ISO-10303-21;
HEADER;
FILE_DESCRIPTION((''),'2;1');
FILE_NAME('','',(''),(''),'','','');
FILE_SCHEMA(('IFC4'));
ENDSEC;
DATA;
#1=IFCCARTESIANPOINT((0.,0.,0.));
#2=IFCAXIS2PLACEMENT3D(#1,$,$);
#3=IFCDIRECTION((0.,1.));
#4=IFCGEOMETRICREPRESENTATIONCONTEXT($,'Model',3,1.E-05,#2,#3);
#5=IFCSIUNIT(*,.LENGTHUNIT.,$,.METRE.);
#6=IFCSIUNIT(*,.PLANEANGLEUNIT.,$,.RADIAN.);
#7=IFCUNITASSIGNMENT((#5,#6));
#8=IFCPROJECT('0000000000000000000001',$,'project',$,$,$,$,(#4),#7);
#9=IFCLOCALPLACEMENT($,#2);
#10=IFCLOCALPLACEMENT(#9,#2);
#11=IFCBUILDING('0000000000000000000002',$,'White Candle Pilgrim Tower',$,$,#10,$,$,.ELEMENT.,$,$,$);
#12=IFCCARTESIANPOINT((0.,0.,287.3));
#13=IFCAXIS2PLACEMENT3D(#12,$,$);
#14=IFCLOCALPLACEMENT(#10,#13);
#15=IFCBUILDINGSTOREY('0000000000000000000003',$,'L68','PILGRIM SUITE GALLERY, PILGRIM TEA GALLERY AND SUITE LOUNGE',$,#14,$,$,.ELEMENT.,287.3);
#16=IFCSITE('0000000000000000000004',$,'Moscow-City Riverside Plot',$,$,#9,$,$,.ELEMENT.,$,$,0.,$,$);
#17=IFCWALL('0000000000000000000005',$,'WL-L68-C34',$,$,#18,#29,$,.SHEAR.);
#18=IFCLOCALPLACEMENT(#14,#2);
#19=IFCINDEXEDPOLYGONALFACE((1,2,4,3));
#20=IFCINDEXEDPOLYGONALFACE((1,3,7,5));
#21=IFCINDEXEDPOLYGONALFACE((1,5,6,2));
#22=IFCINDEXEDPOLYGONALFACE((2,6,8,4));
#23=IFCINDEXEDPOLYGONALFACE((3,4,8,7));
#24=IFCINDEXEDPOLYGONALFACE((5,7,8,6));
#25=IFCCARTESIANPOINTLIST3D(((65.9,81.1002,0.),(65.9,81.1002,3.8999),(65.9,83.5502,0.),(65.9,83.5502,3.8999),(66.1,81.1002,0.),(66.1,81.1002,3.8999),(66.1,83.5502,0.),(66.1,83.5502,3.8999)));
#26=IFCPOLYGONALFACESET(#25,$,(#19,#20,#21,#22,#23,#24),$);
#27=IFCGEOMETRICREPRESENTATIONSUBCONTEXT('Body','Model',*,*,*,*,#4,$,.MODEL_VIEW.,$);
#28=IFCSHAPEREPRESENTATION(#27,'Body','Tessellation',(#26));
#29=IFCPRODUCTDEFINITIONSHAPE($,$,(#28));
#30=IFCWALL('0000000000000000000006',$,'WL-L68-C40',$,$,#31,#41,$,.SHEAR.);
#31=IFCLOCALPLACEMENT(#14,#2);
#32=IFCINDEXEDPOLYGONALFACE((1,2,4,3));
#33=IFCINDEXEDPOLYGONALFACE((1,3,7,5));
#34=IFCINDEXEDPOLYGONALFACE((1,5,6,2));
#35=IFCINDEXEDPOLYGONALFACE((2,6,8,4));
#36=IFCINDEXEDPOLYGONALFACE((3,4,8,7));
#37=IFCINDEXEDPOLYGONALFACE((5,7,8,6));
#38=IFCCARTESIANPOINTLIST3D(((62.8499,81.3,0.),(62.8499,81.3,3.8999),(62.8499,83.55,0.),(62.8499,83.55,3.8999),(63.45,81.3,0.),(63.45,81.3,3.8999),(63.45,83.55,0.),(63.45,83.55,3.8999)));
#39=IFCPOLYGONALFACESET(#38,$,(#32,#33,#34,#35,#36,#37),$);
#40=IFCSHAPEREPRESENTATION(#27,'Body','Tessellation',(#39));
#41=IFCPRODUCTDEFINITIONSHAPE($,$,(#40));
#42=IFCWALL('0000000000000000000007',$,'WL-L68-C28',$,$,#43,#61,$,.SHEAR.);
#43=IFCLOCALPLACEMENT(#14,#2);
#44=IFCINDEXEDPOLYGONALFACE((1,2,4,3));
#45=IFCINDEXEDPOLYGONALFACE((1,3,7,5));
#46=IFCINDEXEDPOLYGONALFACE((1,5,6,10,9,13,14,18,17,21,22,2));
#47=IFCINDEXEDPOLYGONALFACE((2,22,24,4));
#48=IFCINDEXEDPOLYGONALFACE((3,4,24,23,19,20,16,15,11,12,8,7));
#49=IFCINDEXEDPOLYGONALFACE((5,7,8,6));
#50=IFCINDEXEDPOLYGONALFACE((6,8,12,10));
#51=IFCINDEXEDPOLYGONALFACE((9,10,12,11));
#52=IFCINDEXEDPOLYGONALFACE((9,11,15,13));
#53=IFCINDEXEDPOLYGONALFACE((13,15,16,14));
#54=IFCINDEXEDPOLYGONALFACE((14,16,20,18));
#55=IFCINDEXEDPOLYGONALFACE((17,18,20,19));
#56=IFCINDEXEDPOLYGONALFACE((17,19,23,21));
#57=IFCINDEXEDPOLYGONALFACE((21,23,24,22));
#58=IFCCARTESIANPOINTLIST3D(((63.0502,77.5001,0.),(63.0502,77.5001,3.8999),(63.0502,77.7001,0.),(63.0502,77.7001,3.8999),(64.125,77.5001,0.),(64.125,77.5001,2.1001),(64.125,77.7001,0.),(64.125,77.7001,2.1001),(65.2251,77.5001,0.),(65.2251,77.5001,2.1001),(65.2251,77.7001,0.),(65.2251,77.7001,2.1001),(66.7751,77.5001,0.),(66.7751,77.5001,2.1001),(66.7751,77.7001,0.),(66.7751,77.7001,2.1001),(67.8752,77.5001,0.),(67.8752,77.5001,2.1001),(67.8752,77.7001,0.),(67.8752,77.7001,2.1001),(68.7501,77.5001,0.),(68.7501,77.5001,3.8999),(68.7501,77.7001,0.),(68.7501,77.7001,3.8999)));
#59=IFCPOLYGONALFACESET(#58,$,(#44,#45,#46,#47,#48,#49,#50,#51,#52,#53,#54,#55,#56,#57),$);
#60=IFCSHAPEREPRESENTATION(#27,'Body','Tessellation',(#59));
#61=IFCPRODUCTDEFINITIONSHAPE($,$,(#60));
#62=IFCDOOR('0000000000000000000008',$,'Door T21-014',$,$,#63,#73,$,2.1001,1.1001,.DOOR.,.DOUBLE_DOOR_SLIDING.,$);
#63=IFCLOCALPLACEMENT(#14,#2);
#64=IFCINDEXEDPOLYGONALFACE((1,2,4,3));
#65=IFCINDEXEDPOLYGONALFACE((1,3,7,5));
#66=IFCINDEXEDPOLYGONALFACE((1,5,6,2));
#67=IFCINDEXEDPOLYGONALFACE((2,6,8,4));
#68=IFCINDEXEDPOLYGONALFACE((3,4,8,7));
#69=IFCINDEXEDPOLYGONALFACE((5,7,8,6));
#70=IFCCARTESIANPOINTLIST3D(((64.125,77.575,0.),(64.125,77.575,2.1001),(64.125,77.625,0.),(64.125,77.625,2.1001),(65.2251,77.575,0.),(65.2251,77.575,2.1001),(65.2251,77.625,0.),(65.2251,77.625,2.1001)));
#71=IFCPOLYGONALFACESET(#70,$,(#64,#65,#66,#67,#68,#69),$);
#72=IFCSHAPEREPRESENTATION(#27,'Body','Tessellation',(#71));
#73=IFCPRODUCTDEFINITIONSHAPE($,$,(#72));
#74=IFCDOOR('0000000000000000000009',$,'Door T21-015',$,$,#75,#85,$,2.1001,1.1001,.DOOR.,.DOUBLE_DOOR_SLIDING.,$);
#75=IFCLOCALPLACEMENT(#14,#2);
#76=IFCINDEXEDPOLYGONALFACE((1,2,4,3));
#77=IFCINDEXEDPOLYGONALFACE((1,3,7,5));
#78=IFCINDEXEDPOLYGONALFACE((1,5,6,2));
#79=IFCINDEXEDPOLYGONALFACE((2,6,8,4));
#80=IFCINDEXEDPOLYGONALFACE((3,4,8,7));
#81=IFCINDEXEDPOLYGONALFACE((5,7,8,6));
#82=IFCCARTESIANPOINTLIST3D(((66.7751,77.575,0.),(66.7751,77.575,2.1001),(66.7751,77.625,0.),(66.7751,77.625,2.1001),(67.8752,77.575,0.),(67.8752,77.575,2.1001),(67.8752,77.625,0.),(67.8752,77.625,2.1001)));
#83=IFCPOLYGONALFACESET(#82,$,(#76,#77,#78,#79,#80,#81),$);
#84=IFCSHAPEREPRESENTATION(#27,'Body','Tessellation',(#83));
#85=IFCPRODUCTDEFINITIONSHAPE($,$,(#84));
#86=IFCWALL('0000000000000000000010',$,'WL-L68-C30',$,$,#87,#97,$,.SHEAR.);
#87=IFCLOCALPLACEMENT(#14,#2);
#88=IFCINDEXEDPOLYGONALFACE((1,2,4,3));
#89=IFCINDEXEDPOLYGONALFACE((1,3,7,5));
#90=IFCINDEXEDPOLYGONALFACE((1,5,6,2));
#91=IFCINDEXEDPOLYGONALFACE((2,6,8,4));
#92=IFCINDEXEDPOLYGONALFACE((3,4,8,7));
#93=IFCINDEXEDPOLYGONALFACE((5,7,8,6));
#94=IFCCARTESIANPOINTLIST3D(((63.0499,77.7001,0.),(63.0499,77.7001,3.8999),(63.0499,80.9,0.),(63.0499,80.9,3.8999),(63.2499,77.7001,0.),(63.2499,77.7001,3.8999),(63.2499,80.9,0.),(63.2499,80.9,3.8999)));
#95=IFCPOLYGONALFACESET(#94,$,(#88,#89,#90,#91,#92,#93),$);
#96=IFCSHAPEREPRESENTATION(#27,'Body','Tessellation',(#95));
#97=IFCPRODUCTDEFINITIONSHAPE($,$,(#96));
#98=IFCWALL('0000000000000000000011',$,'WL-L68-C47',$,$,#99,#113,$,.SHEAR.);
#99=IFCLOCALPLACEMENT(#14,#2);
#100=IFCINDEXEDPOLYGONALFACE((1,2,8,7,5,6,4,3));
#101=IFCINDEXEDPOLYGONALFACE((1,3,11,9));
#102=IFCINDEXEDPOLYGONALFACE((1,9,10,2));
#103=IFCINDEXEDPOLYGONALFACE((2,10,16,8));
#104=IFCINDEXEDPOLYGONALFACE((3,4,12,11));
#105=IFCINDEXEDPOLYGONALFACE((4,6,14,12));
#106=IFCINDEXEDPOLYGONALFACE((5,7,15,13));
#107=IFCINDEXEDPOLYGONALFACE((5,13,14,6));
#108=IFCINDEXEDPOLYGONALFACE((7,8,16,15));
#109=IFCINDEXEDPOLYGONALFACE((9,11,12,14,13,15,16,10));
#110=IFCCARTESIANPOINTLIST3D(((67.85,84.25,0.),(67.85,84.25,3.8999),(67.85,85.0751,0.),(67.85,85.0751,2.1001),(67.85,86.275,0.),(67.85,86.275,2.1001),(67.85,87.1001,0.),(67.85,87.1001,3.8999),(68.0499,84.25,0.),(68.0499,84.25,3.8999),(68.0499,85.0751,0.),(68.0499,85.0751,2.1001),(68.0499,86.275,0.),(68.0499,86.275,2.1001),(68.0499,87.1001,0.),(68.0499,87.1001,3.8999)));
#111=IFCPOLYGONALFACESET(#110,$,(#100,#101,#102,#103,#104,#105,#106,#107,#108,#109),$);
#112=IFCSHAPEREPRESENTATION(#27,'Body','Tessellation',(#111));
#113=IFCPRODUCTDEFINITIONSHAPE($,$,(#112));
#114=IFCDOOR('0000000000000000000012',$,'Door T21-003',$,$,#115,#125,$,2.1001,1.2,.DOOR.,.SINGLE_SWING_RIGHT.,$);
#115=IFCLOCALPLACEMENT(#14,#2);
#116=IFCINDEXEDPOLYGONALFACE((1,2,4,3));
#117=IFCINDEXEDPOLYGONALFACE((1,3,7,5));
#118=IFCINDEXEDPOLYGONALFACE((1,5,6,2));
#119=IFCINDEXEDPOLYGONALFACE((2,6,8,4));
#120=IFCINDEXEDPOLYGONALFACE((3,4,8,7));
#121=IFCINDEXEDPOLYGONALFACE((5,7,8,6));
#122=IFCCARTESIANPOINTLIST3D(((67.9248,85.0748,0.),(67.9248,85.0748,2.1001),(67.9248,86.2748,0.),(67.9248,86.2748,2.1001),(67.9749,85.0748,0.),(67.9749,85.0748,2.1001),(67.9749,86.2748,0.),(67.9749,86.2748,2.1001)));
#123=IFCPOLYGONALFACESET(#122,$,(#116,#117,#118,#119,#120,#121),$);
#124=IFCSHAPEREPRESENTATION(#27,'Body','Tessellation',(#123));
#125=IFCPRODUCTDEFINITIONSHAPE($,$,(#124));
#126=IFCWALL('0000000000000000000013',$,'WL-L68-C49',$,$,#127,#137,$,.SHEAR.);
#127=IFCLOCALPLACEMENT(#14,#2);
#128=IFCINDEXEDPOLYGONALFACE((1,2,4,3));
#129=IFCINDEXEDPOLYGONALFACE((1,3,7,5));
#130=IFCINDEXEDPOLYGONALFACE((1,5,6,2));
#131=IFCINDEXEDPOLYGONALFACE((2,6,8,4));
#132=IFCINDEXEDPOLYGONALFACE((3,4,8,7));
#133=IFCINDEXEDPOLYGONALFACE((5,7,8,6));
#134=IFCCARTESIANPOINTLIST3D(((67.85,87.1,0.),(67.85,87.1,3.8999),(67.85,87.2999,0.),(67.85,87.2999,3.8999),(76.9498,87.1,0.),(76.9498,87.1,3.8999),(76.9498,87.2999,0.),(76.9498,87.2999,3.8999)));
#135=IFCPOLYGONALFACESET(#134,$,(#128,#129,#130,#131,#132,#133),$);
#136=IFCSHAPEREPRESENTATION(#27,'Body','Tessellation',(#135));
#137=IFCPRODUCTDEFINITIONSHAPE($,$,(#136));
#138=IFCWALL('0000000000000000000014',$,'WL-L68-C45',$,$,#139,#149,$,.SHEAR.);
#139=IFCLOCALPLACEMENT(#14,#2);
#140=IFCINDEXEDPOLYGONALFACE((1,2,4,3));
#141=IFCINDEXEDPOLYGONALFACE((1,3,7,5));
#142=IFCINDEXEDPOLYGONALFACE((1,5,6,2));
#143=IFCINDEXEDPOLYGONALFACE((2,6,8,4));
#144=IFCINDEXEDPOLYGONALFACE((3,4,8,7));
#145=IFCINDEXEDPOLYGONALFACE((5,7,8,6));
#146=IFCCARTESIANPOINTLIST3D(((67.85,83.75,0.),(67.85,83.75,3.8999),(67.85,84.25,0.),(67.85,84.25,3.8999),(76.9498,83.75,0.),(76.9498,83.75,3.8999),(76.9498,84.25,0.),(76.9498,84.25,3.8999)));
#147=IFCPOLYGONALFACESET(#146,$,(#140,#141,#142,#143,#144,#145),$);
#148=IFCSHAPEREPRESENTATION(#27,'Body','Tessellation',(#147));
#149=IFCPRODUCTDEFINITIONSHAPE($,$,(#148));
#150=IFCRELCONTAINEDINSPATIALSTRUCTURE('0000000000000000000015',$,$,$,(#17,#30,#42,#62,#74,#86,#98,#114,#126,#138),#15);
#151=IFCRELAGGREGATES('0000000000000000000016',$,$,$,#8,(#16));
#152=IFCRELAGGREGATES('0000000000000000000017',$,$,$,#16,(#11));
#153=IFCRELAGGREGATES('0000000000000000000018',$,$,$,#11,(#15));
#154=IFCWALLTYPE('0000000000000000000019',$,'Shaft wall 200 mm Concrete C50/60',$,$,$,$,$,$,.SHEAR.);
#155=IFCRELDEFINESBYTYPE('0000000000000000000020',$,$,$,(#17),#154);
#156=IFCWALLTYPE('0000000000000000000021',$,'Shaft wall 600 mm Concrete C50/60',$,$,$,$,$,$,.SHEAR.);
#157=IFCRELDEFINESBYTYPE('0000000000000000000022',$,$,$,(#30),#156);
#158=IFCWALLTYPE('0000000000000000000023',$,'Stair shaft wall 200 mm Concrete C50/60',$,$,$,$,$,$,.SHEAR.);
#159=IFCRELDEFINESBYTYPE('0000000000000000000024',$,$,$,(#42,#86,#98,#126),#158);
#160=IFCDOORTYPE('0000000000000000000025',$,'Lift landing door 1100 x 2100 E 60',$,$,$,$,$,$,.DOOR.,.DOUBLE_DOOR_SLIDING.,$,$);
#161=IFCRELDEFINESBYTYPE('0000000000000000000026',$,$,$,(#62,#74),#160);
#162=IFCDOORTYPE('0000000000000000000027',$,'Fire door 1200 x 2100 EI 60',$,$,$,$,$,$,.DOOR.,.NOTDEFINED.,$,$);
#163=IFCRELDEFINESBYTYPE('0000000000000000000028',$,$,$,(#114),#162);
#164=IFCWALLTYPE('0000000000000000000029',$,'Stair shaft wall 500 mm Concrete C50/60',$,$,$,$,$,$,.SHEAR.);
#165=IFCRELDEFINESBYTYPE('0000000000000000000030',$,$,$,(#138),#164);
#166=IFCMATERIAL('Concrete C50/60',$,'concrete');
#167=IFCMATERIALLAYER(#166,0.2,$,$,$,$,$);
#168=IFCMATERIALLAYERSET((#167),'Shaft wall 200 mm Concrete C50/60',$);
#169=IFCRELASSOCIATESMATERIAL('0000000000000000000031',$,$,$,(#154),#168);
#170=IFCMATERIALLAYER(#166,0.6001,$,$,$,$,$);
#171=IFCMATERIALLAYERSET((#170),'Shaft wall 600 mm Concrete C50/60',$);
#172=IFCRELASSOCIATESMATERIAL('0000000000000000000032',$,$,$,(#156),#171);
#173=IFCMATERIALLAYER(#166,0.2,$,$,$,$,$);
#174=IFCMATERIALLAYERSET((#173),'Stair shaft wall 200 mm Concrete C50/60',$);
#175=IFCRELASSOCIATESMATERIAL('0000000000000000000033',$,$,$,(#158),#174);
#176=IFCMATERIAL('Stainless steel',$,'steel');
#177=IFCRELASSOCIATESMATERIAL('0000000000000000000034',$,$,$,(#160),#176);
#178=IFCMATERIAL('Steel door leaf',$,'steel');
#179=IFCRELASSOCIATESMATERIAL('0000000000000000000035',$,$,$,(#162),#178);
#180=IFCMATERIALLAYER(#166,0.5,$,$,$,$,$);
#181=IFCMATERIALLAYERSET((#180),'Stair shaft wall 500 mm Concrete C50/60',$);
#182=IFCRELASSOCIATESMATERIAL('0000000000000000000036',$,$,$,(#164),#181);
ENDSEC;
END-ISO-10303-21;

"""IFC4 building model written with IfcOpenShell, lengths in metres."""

from ifc_helpers import new_model, si_unit, direction, frame, frame_2d, origin, place, context, subcontext, project, spatial, rectangle, extrude, material, layer, layer_set, type_object, element, fill, save


model = new_model("IFC4")

# Units and contexts
model_context = context("Model", 3, precision=1e-05, world=origin(), true_north=direction((0.0, 1.0)))
body_context = subcontext(model_context, "Body", "Model", "MODEL_VIEW")
ifc_project = project(units=[si_unit("LENGTHUNIT", "METRE"), si_unit("PLANEANGLEUNIT", "RADIAN")], contexts=[model_context])

# Site, building, storey
site_placement = place(None, origin())
site = spatial("IfcSite", under=ifc_project, at=site_placement, Name="Moscow-City Riverside Plot", CompositionType="ELEMENT", RefElevation=0.0)
building_placement = place(site_placement, origin())
building = spatial("IfcBuilding", under=site, at=building_placement, Name="White Candle Pilgrim Tower", CompositionType="ELEMENT")
storey_placement = place(building_placement, frame((0.0, 0.0, 287.3)))
storey = spatial("IfcBuildingStorey", under=building, at=storey_placement, Name="L68", Description="PILGRIM SUITE GALLERY, PILGRIM TEA GALLERY AND SUITE LOUNGE", CompositionType="ELEMENT", Elevation=287.3)

# Shared definitions
ifc_material_1 = material(Name="Concrete C50/60", Category="concrete")

# Shared definitions
ifc_material_2 = material(Name="Stainless steel", Category="steel")

# Shared definitions
ifc_material_3 = material(Name="Steel door leaf", Category="steel")

# Walls
ifc_layer_1 = layer(ifc_material_1, 0.2)
ifc_layer_set_1 = layer_set([ifc_layer_1], Name="Shaft wall 200 mm Concrete C50/60")
wall_type_1 = type_object("IfcWallType", Name="Shaft wall 200 mm Concrete C50/60", PredefinedType="SHEAR", material=ifc_layer_set_1)
wall_1_placement = place(storey_placement, frame((66.0, 81.1001, 0.0), z_axis=(0.0, 0.0, 1.0), x_axis=(0.0, 1.0, 0.0)))
element("IfcWall", 1, at=wall_1_placement, inside=storey, type_object=wall_type_1, Name="WL-L68-C34", PredefinedType="SHEAR", context=body_context, shape_type="SweptSolid", body=[
    extrude(rectangle(XDim=2.45, YDim=0.2, at=frame_2d((1.2251, 0.0))), origin(), (0.0, 0.0, 1.0), 3.8999),
])
ifc_layer_2 = layer(ifc_material_1, 0.6001)
ifc_layer_set_2 = layer_set([ifc_layer_2], Name="Shaft wall 600 mm Concrete C50/60")
wall_type_2 = type_object("IfcWallType", Name="Shaft wall 600 mm Concrete C50/60", PredefinedType="SHEAR", material=ifc_layer_set_2)
wall_2_placement = place(storey_placement, frame((63.1499, 81.3, 0.0), z_axis=(0.0, 0.0, 1.0), x_axis=(0.0, 1.0, 0.0)))
element("IfcWall", 2, at=wall_2_placement, inside=storey, type_object=wall_type_2, Name="WL-L68-C40", PredefinedType="SHEAR", context=body_context, shape_type="SweptSolid", body=[
    extrude(rectangle(XDim=2.25, YDim=0.6001, at=frame_2d((1.125, 0.0))), origin(), (0.0, 0.0, 1.0), 3.8999),
])

# Wall, openings, doors
ifc_layer_3 = layer(ifc_material_1, 0.2)
ifc_layer_set_3 = layer_set([ifc_layer_3], Name="Stair shaft wall 200 mm Concrete C50/60")
wall_type_3 = type_object("IfcWallType", Name="Stair shaft wall 200 mm Concrete C50/60", PredefinedType="SHEAR", material=ifc_layer_set_3)
wall_3_placement = place(storey_placement, frame((63.05, 77.6001, 0.0), z_axis=(0.0, 0.0, 1.0), x_axis=(1.0, 0.0, 0.0)))
wall_3 = element("IfcWall", 3, at=wall_3_placement, inside=storey, type_object=wall_type_3, Name="WL-L68-C28", PredefinedType="SHEAR", context=body_context, shape_type="SweptSolid", body=[
    extrude(rectangle(XDim=5.7, YDim=0.2, at=frame_2d((2.8501, 0.0))), origin(), (0.0, 0.0, 1.0), 3.8999),
])
opening_1_placement = place(wall_3_placement, frame((1.075, 0.0, 0.0)))
opening_1 = element("IfcOpeningElement", 4, at=opening_1_placement, cuts=wall_3, PredefinedType="OPENING", context=body_context, shape_type="SweptSolid", body=[
    extrude(rectangle(XDim=1.1001, YDim=2.1001, at=frame_2d((0.55, 1.05))), frame((0.0, 0.1099, 0.0), z_axis=(0.0, -1.0, 0.0), x_axis=(1.0, 0.0, 0.0)), (0.0, 0.0, 1.0), 0.22),
])
opening_2_placement = place(wall_3_placement, frame((3.7251, 0.0, 0.0)))
opening_2 = element("IfcOpeningElement", 5, at=opening_2_placement, cuts=wall_3, PredefinedType="OPENING", context=body_context, shape_type="SweptSolid", body=[
    extrude(rectangle(XDim=1.1001, YDim=2.1001, at=frame_2d((0.55, 1.05))), frame((0.0, 0.1099, 0.0), z_axis=(0.0, -1.0, 0.0), x_axis=(1.0, 0.0, 0.0)), (0.0, 0.0, 1.0), 0.22),
])
door_type_1 = type_object("IfcDoorType", Name="Lift landing door 1100 x 2100 E 60", OperationType="DOUBLE_DOOR_SLIDING", PredefinedType="DOOR", material=ifc_material_2)
door_1_placement = place(opening_1_placement, origin())
door_1 = element("IfcDoor", 6, at=door_1_placement, inside=storey, type_object=door_type_1, Name="Door T21-014", OperationType="DOUBLE_DOOR_SLIDING", OverallHeight=2.1001, OverallWidth=1.1001, PredefinedType="DOOR", context=body_context, shape_type="SweptSolid", body=[
    extrude(rectangle(XDim=1.1001, YDim=2.1001, at=frame_2d((0.55, 1.05))), frame((0.0, 0.0249, 0.0), z_axis=(0.0, -1.0, 0.0), x_axis=(1.0, 0.0, 0.0)), (0.0, 0.0, 1.0), 0.05),
])
fill(opening_1, door_1)
door_2_placement = place(opening_2_placement, origin())
door_2 = element("IfcDoor", 7, at=door_2_placement, inside=storey, type_object=door_type_1, Name="Door T21-015", OperationType="DOUBLE_DOOR_SLIDING", OverallHeight=2.1001, OverallWidth=1.1001, PredefinedType="DOOR", context=body_context, shape_type="SweptSolid", body=[
    extrude(rectangle(XDim=1.1001, YDim=2.1001, at=frame_2d((0.55, 1.05))), frame((0.0, 0.0249, 0.0), z_axis=(0.0, -1.0, 0.0), x_axis=(1.0, 0.0, 0.0)), (0.0, 0.0, 1.0), 0.05),
])
fill(opening_2, door_2)

# Wall
wall_4_placement = place(storey_placement, frame((63.1499, 77.7, 0.0), z_axis=(0.0, 0.0, 1.0), x_axis=(0.0, 1.0, 0.0)))
element("IfcWall", 8, at=wall_4_placement, inside=storey, type_object=wall_type_3, Name="WL-L68-C30", PredefinedType="SHEAR", context=body_context, shape_type="SweptSolid", body=[
    extrude(rectangle(XDim=3.2, YDim=0.2, at=frame_2d((1.6001, 0.0))), origin(), (0.0, 0.0, 1.0), 3.8999),
])

# Wall, opening, door
wall_5_placement = place(storey_placement, frame((67.95, 84.25, 0.0), z_axis=(0.0, 0.0, 1.0), x_axis=(0.0, 1.0, 0.0)))
wall_5 = element("IfcWall", 9, at=wall_5_placement, inside=storey, type_object=wall_type_3, Name="WL-L68-C47", PredefinedType="SHEAR", context=body_context, shape_type="SweptSolid", body=[
    extrude(rectangle(XDim=2.8501, YDim=0.2, at=frame_2d((1.425, 0.0))), origin(), (0.0, 0.0, 1.0), 3.8999),
])
opening_3_placement = place(wall_5_placement, frame((0.825, 0.0, 0.0)))
opening_3 = element("IfcOpeningElement", 10, at=opening_3_placement, cuts=wall_5, PredefinedType="OPENING", context=body_context, shape_type="SweptSolid", body=[
    extrude(rectangle(XDim=1.2, YDim=2.1001, at=frame_2d((0.6001, 1.05))), frame((0.0, 0.1099, 0.0), z_axis=(0.0, -1.0, 0.0), x_axis=(1.0, 0.0, 0.0)), (0.0, 0.0, 1.0), 0.22),
])
door_type_2 = type_object("IfcDoorType", Name="Fire door 1200 x 2100 EI 60", OperationType="NOTDEFINED", PredefinedType="DOOR", material=ifc_material_3)
door_3_placement = place(opening_3_placement, frame((1.2, 0.0, 0.0), z_axis=(0.0, 0.0, 1.0), x_axis=(-1.0, 0.0, 0.0)))
door_3 = element("IfcDoor", 11, at=door_3_placement, inside=storey, type_object=door_type_2, Name="Door T21-003", OperationType="SINGLE_SWING_RIGHT", OverallHeight=2.1001, OverallWidth=1.2, PredefinedType="DOOR", context=body_context, shape_type="SweptSolid", body=[
    extrude(rectangle(XDim=1.2, YDim=2.1001, at=frame_2d((0.6001, 1.05))), frame((0.0, 0.0249, 0.0), z_axis=(0.0, -1.0, 0.0), x_axis=(1.0, 0.0, 0.0)), (0.0, 0.0, 1.0), 0.05),
])
fill(opening_3, door_3)

# Walls
wall_6_placement = place(storey_placement, frame((67.8501, 87.2, 0.0), z_axis=(0.0, 0.0, 1.0), x_axis=(1.0, 0.0, 0.0)))
element("IfcWall", 12, at=wall_6_placement, inside=storey, type_object=wall_type_3, Name="WL-L68-C49", PredefinedType="SHEAR", context=body_context, shape_type="SweptSolid", body=[
    extrude(rectangle(XDim=9.0999, YDim=0.2, at=frame_2d((4.5498, 0.0))), origin(), (0.0, 0.0, 1.0), 3.8999),
])
ifc_layer_4 = layer(ifc_material_1, 0.5)
ifc_layer_set_4 = layer_set([ifc_layer_4], Name="Stair shaft wall 500 mm Concrete C50/60")
wall_type_4 = type_object("IfcWallType", Name="Stair shaft wall 500 mm Concrete C50/60", PredefinedType="SHEAR", material=ifc_layer_set_4)
wall_7_placement = place(storey_placement, frame((67.8501, 84.0, 0.0), z_axis=(0.0, 0.0, 1.0), x_axis=(1.0, 0.0, 0.0)))
element("IfcWall", 13, at=wall_7_placement, inside=storey, type_object=wall_type_4, Name="WL-L68-C45", PredefinedType="SHEAR", context=body_context, shape_type="SweptSolid", body=[
    extrude(rectangle(XDim=9.0999, YDim=0.5, at=frame_2d((4.5498, 0.0))), origin(), (0.0, 0.0, 1.0), 3.8999),
])

save(model, "model.ifc")
